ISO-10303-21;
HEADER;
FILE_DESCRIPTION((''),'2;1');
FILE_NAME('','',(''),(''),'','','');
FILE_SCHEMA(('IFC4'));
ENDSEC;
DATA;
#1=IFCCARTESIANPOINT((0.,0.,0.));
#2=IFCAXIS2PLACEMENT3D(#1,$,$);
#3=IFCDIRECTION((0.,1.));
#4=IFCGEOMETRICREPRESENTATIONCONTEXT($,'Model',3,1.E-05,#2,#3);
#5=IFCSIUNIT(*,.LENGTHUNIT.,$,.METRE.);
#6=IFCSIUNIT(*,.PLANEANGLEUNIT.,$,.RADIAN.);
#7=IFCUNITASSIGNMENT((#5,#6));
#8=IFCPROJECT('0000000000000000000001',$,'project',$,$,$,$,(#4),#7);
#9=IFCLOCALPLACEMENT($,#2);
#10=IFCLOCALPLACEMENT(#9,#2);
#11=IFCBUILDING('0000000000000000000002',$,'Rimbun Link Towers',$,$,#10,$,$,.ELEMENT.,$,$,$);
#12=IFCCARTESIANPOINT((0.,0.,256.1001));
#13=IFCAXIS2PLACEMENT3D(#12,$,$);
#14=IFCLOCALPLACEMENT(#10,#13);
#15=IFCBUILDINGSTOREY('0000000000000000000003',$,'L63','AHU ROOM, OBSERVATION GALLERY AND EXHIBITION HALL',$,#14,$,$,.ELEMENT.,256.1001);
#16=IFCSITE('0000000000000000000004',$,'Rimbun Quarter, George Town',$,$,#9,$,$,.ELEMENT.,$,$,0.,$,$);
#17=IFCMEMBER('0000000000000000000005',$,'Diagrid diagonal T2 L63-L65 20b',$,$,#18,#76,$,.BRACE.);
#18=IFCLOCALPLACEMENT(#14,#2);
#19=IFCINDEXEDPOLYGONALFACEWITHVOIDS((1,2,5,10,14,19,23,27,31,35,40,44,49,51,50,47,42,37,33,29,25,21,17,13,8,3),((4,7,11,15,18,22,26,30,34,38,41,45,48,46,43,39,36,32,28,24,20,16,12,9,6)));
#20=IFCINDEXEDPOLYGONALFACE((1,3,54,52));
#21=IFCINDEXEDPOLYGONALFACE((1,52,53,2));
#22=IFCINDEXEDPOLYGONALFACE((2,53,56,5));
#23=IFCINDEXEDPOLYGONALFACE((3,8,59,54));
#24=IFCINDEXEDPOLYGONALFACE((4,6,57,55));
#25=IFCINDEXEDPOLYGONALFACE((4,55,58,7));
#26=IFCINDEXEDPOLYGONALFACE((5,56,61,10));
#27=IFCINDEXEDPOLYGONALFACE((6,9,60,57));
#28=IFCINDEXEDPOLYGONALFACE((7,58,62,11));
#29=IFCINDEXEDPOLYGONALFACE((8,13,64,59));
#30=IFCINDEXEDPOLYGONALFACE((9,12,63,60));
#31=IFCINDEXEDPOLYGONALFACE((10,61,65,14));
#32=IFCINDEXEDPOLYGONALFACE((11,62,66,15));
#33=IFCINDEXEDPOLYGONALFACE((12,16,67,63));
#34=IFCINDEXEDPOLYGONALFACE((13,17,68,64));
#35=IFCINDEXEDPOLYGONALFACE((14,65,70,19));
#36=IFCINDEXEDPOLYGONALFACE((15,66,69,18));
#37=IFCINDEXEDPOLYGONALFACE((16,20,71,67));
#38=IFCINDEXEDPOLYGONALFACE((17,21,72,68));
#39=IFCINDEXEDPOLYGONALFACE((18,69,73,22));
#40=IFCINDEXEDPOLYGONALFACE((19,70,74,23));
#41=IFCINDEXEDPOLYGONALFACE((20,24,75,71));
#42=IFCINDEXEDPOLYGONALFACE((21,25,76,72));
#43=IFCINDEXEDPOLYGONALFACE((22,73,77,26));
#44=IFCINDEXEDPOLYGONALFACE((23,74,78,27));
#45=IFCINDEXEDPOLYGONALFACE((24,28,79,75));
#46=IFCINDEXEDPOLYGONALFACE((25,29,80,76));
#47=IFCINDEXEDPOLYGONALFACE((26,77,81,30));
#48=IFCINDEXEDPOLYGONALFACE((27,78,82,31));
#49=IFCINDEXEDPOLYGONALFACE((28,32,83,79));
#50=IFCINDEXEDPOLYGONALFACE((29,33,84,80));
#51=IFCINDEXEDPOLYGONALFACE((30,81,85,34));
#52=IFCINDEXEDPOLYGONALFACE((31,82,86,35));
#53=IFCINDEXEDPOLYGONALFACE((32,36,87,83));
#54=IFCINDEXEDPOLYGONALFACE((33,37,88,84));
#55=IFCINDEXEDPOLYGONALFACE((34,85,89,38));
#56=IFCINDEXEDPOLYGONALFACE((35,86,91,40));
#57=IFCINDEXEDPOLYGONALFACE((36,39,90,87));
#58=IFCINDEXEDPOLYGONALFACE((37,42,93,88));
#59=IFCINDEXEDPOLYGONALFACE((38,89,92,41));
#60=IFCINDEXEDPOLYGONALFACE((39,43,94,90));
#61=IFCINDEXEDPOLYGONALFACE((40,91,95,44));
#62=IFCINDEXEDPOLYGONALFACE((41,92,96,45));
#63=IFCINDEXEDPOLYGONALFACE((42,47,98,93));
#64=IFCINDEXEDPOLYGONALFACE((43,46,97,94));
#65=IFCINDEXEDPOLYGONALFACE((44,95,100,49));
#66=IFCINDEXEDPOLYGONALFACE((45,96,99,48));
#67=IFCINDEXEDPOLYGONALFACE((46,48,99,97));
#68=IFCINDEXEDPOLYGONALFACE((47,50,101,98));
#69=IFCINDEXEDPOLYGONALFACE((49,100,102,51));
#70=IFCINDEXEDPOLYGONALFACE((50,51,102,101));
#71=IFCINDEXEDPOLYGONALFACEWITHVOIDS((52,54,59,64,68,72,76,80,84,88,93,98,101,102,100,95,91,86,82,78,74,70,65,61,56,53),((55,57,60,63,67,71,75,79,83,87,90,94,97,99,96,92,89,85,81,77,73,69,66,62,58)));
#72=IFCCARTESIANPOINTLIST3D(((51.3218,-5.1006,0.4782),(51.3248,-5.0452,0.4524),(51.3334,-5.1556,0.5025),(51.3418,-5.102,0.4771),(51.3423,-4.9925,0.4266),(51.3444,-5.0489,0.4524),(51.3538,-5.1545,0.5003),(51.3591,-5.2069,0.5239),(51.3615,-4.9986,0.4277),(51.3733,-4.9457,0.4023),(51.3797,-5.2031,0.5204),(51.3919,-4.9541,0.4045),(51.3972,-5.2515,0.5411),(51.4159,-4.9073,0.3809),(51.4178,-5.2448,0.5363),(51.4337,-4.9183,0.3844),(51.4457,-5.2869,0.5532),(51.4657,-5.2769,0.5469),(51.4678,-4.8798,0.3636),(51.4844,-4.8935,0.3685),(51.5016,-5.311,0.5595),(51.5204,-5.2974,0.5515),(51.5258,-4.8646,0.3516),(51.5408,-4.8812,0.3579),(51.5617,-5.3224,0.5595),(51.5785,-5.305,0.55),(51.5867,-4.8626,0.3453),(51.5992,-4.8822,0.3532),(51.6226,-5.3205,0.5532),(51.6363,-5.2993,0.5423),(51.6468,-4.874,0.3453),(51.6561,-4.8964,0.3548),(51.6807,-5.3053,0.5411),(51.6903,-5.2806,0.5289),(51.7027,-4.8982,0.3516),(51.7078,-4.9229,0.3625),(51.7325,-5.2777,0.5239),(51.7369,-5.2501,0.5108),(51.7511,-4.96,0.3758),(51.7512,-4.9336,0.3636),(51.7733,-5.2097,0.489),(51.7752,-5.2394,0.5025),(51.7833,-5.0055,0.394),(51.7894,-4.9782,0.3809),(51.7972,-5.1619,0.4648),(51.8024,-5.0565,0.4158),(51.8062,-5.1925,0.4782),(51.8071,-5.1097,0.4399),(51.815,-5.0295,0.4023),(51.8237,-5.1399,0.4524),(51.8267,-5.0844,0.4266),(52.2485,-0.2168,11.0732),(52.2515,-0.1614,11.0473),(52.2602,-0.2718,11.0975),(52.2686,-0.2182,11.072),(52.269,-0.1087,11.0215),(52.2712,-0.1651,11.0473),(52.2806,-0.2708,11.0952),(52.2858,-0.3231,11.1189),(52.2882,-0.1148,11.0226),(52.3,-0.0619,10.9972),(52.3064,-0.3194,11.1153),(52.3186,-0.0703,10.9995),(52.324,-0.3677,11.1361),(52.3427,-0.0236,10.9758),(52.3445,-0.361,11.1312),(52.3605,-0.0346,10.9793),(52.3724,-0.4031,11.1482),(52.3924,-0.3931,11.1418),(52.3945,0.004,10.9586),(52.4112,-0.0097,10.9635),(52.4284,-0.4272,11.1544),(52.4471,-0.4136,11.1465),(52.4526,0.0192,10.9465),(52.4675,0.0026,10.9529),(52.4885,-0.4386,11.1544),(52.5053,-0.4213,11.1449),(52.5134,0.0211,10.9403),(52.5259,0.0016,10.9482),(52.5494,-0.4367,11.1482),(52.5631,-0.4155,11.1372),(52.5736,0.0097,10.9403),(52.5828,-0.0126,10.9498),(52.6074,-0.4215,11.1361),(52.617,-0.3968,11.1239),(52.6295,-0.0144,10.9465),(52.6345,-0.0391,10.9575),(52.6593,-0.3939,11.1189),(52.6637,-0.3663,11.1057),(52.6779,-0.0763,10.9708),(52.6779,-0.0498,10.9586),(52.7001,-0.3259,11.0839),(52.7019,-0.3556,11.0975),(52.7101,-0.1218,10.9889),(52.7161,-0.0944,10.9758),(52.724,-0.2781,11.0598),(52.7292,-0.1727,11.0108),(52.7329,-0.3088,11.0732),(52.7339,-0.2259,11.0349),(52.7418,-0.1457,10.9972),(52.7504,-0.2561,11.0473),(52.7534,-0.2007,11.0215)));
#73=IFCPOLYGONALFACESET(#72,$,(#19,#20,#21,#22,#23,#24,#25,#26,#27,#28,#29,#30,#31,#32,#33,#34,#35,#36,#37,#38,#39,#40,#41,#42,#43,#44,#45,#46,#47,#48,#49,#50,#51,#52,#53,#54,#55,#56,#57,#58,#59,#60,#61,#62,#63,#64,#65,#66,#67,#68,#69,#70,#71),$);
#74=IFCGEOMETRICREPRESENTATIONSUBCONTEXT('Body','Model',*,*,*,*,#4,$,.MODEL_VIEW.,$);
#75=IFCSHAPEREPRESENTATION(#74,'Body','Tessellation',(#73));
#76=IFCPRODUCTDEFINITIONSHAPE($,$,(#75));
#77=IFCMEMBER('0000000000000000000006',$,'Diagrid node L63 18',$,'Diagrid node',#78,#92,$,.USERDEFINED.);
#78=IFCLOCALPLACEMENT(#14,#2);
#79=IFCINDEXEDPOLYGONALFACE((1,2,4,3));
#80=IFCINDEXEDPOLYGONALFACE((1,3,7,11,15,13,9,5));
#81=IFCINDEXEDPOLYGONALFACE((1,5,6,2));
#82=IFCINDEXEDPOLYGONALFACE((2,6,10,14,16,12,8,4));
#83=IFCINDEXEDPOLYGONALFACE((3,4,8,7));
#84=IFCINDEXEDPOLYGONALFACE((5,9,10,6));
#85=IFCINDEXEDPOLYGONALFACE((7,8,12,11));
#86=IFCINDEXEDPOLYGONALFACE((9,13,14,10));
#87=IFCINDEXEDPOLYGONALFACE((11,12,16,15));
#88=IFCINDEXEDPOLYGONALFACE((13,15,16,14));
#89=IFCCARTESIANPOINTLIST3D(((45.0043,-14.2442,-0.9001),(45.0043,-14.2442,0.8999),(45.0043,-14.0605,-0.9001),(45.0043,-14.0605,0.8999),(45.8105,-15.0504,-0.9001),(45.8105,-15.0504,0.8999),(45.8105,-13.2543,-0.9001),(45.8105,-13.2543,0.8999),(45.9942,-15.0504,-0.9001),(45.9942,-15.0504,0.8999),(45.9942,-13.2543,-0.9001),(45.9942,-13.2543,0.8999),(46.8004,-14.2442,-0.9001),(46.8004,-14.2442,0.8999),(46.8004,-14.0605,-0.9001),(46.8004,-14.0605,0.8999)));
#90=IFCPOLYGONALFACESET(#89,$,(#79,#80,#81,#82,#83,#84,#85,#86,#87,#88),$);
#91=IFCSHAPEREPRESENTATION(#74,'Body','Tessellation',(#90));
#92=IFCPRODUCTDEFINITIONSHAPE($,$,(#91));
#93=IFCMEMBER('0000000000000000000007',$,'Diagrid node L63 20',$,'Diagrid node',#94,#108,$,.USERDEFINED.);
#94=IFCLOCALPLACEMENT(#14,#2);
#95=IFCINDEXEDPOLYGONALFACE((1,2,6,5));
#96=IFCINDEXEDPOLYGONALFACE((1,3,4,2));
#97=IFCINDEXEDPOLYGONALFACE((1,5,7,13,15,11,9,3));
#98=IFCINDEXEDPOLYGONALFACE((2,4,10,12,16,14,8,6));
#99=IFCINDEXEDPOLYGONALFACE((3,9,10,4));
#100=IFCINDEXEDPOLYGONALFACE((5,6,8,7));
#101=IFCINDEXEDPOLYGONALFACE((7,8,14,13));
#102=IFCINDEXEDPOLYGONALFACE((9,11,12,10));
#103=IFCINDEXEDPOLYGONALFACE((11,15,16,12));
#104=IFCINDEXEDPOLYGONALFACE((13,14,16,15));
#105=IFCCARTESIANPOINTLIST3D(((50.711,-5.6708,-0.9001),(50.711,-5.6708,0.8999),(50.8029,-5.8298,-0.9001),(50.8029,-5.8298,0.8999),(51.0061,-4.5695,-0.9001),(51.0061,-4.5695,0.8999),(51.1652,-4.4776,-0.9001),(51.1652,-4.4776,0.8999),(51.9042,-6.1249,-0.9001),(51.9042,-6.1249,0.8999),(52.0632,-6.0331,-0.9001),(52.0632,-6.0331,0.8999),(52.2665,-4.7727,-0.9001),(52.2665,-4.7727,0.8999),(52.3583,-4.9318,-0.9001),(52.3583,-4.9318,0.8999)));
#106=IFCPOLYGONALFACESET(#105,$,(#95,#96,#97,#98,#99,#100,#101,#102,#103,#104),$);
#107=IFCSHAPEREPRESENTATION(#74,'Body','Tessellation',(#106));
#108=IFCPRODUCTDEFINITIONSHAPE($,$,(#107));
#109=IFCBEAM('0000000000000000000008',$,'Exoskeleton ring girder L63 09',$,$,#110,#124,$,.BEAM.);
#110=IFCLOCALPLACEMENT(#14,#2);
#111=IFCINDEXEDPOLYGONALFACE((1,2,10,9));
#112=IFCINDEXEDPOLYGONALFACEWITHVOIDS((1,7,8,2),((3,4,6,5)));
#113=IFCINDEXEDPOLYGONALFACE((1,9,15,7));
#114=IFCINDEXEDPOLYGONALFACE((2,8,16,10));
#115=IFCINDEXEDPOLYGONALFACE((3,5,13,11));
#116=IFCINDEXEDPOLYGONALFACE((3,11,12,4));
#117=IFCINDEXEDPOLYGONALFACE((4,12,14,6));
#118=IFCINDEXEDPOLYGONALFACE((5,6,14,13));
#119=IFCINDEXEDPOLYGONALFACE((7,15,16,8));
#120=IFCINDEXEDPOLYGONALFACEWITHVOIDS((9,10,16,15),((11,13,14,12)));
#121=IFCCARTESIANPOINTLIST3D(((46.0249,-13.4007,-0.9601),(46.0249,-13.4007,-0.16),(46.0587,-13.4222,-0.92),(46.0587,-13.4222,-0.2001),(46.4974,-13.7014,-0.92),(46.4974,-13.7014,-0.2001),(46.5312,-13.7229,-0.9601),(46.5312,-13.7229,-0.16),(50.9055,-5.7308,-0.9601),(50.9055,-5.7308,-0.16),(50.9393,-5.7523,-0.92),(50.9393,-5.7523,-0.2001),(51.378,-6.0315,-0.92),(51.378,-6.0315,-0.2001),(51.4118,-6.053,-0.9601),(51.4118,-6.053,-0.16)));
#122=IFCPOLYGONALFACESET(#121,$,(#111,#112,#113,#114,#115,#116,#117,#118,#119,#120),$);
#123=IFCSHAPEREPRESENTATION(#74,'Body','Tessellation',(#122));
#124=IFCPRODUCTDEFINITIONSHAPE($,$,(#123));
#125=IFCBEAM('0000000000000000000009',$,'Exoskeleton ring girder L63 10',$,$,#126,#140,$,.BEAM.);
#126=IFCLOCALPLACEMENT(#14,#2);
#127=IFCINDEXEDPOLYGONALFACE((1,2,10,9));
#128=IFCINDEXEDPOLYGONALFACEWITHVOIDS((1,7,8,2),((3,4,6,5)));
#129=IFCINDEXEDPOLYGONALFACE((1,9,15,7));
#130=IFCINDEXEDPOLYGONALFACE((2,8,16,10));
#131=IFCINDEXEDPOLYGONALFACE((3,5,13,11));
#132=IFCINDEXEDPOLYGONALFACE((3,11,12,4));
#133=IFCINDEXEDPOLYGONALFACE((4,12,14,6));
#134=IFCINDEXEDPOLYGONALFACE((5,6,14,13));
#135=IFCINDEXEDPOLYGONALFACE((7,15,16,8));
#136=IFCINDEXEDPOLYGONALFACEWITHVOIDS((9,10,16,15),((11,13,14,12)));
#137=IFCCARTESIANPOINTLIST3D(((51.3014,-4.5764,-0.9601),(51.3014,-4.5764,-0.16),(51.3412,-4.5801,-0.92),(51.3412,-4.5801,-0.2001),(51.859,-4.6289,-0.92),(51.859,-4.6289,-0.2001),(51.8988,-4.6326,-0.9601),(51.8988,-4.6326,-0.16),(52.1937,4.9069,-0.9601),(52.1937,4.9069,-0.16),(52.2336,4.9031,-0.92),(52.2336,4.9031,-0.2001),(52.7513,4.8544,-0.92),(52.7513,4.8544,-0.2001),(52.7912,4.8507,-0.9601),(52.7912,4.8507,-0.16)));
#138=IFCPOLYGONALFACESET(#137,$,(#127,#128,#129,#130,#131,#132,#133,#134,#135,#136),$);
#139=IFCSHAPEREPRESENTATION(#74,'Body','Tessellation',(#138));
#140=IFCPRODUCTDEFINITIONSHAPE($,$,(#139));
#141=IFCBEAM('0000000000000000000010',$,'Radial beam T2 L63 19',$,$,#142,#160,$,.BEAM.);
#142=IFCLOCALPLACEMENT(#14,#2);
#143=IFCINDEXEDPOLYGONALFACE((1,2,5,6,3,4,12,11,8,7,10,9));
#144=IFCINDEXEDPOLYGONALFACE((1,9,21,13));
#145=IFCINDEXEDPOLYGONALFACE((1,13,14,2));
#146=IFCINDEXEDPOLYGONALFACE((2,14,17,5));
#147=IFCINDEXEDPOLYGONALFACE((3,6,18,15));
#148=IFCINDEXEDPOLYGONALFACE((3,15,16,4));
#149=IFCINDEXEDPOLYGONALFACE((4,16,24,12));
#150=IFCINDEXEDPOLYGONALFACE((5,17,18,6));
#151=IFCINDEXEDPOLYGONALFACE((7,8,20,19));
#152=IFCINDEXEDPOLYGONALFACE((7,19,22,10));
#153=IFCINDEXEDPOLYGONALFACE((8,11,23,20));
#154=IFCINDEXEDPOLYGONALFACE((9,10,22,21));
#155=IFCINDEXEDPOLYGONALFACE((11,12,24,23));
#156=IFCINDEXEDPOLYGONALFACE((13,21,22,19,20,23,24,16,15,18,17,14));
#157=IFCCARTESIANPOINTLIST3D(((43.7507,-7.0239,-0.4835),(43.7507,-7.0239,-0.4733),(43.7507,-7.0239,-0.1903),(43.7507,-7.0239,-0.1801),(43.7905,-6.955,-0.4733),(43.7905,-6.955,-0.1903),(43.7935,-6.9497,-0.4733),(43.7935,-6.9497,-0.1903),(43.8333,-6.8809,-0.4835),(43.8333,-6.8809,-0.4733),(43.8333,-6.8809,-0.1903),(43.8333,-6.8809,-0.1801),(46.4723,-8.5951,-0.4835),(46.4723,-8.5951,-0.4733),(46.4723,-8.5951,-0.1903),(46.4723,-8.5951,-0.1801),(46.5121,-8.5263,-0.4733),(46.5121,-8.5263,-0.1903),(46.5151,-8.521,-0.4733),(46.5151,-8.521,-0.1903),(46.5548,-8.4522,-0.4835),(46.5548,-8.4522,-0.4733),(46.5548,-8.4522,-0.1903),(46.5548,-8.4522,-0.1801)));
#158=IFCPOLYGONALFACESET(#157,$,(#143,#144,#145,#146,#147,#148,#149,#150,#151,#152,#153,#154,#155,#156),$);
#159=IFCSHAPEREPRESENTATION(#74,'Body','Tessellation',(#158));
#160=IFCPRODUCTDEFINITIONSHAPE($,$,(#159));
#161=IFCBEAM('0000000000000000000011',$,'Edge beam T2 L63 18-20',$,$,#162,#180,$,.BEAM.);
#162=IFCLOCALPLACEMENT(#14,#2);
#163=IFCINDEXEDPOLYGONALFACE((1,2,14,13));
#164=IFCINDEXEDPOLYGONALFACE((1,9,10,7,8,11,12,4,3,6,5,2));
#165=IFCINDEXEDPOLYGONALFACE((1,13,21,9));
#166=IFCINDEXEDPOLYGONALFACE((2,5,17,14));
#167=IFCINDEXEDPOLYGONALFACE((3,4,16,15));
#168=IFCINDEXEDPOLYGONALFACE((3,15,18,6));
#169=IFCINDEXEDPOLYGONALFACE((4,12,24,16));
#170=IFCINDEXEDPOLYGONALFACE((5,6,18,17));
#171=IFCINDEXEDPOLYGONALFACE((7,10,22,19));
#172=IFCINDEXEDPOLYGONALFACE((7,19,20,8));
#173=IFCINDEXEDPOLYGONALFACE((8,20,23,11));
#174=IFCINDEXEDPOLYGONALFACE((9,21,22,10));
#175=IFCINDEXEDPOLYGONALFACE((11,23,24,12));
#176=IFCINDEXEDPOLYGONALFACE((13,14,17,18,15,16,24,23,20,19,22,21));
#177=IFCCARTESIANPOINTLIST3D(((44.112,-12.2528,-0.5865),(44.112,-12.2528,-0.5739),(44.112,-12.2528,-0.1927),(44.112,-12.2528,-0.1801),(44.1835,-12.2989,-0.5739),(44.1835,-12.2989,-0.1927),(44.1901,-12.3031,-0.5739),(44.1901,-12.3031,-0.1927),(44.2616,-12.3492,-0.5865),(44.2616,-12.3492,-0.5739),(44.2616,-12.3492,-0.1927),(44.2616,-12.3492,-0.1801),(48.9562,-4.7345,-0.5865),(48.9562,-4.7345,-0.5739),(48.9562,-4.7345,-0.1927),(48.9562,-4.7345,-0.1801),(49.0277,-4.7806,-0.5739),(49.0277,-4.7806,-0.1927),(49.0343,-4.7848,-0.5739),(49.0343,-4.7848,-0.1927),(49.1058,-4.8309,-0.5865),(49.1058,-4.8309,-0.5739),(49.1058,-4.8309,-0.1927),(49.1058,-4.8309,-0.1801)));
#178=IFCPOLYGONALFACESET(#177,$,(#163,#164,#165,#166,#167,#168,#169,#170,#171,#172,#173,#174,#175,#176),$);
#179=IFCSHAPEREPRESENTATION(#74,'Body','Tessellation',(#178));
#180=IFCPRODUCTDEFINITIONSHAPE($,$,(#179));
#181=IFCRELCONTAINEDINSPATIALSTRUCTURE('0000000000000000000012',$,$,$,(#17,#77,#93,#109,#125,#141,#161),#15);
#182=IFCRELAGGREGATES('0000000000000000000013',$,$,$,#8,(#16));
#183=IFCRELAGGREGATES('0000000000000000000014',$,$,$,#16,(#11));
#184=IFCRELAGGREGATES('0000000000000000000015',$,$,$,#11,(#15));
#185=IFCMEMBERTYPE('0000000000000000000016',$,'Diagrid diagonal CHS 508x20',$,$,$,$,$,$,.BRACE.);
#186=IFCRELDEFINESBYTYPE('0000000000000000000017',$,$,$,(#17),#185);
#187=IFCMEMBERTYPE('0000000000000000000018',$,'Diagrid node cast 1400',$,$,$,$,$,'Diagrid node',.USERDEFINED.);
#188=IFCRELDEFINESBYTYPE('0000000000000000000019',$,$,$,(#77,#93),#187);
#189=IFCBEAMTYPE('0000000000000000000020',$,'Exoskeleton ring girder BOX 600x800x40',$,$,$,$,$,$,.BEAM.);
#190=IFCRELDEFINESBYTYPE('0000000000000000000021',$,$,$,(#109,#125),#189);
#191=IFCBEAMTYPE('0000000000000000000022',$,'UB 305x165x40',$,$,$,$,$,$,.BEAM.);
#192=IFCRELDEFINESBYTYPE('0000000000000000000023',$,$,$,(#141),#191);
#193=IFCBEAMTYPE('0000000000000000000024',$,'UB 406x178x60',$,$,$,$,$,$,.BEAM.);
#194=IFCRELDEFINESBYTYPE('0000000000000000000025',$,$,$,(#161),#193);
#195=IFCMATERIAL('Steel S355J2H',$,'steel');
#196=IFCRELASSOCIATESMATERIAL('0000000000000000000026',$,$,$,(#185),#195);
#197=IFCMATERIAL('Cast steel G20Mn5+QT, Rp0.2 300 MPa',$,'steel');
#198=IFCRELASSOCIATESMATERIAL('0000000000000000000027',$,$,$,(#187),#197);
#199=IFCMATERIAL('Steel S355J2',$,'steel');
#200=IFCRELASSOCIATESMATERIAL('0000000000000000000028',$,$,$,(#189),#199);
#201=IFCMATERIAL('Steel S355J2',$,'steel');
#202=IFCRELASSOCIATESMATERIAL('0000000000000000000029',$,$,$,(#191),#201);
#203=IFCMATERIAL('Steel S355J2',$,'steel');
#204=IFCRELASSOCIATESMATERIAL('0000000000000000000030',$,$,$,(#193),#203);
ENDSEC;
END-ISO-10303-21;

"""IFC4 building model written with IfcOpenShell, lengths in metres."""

from ifc_helpers import new_model, si_unit, direction, frame, origin, origin_2d, place, context, subcontext, project, spatial, polyline, hollow_rectangle, hollow_circle, i_section, outline, extrude, material, material_profile, profile_set, type_object, element, save


model = new_model("IFC4")

# Units and contexts
model_context = context("Model", 3, precision=1e-05, world=origin(), true_north=direction((0.0, 1.0)))
body_context = subcontext(model_context, "Body", "Model", "MODEL_VIEW")
ifc_project = project(units=[si_unit("LENGTHUNIT", "METRE"), si_unit("PLANEANGLEUNIT", "RADIAN")], contexts=[model_context])

# Site, building, storey
site_placement = place(None, origin())
site = spatial("IfcSite", under=ifc_project, at=site_placement, Name="Rimbun Quarter, George Town", CompositionType="ELEMENT", RefElevation=0.0)
building_placement = place(site_placement, origin())
building = spatial("IfcBuilding", under=site, at=building_placement, Name="Rimbun Link Towers", CompositionType="ELEMENT")
storey_placement = place(building_placement, frame((0.0, 0.0, 256.1001)))
storey = spatial("IfcBuildingStorey", under=building, at=storey_placement, Name="L63", Description="AHU ROOM, OBSERVATION GALLERY AND EXHIBITION HALL", CompositionType="ELEMENT", Elevation=256.1001)

# Members
ifc_material_1 = material(Name="Steel S355J2H", Category="steel")
ifc_material_profile_1 = material_profile(ifc_material_1, hollow_circle(Radius=0.2539, WallThickness=0.02, at=origin_2d()), Name="Diagrid diagonal CHS 508x20")
ifc_profile_set_1 = profile_set([ifc_material_profile_1], Name="Steel S355J2H")
member_type_1 = type_object("IfcMemberType", Name="Diagrid diagonal CHS 508x20", PredefinedType="BRACE", material=ifc_profile_set_1)
member_1_placement = place(storey_placement, frame((51.5742, -5.0925, 0.4524), z_axis=(0.079189, 0.417306, 0.905309), x_axis=(-0.982467, 0.186435, 0.0)))
element("IfcMember", 1, at=member_1_placement, inside=storey, type_object=member_type_1, Name="Diagrid diagonal T2 L63-L65 20b", PredefinedType="BRACE", context=body_context, shape_type="SweptSolid", body=[
    extrude(hollow_circle(Radius=0.2539, WallThickness=0.02, at=origin_2d()), origin(), (0.0, 0.0, 1.0), 11.7031),
])
ifc_material_2 = material(Name="Cast steel G20Mn5+QT, Rp0.2 300 MPa", Category="steel")
ifc_material_profile_2 = material_profile(ifc_material_2, outline(polyline([(0.7, -0.5701), (0.7, 0.5701), (0.5701, 0.7), (-0.5701, 0.7), (-0.7, 0.5701), (-0.7, -0.5701), (-0.5701, -0.7), (0.5701, -0.7), (0.7, -0.5701)])), Name="NODE 1400x1400")
ifc_profile_set_2 = profile_set([ifc_material_profile_2], Name="Cast steel G20Mn5+QT, Rp0.2 300 MPa")
member_type_2 = type_object("IfcMemberType", Name="Diagrid node cast 1400", ElementType="Diagrid node", PredefinedType="USERDEFINED", material=ifc_profile_set_2)
for number, where, z_axis, x_axis, name in (
    (2, (45.9023, -14.1523, -0.9001), (0.0, 0.0, 1.0), (0.707107, -0.707107, 0.0), "Diagrid node L63 18"),
    (3, (51.5347, -5.3013, -0.9001), (0.0, 0.0, 1.0), (0.965926, -0.258819, 0.0), "Diagrid node L63 20"),
):
    element("IfcMember", number, at=place(storey_placement, frame(where, z_axis=z_axis, x_axis=x_axis)), inside=storey, type_object=member_type_2, Name=name, ObjectType="Diagrid node", PredefinedType="USERDEFINED", context=body_context, shape_type="SweptSolid", body=[
        extrude(outline(polyline([(0.7, -0.5701), (0.7, 0.5701), (0.5701, 0.7), (-0.5701, 0.7), (-0.7, 0.5701), (-0.7, -0.5701), (-0.5701, -0.7), (0.5701, -0.7), (0.7, -0.5701)])), origin(), (0.0, 0.0, 1.0), 1.8),
    ])

# Beams
ifc_material_3 = material(Name="Steel S355J2", Category="steel")
ifc_material_profile_3 = material_profile(ifc_material_3, hollow_rectangle(XDim=0.6001, YDim=0.8, WallThickness=0.04, at=origin_2d()), Name="Exoskeleton ring girder BOX 600x800x40")
ifc_profile_set_3 = profile_set([ifc_material_profile_3], Name="Steel S355J2")
beam_type_1 = type_object("IfcBeamType", Name="Exoskeleton ring girder BOX 600x800x40", PredefinedType="BEAM", material=ifc_profile_set_3)
beam_1_placement = place(storey_placement, frame((46.2781, -13.5618, -0.5601), z_axis=(0.536856, 0.843674, 0.0), x_axis=(-0.843674, 0.536856, 0.0)))
element("IfcBeam", 4, at=beam_1_placement, inside=storey, type_object=beam_type_1, Name="Exoskeleton ring girder L63 09", PredefinedType="BEAM", context=body_context, shape_type="SweptSolid", body=[
    extrude(hollow_rectangle(XDim=0.6001, YDim=0.8, WallThickness=0.04, at=origin_2d()), origin(), (0.0, 0.0, 1.0), 9.0911),
])
beam_2_placement = place(storey_placement, frame((51.6001, -4.6045, -0.5601), z_axis=(0.093683, 0.995602, 0.0), x_axis=(-0.995602, 0.093683, 0.0)))
element("IfcBeam", 5, at=beam_2_placement, inside=storey, type_object=beam_type_1, Name="Exoskeleton ring girder L63 10", PredefinedType="BEAM", context=body_context, shape_type="SweptSolid", body=[
    extrude(hollow_rectangle(XDim=0.6001, YDim=0.8, WallThickness=0.04, at=origin_2d()), origin(), (0.0, 0.0, 1.0), 9.5251),
])
ifc_material_4 = material(Name="Steel S355J2", Category="steel")
ifc_material_profile_4 = material_profile(ifc_material_4, i_section(OverallWidth=0.165, OverallDepth=0.3035, WebThickness=0.0061, FlangeThickness=0.0103, at=origin_2d()), Name="UB 305x165x40")
ifc_profile_set_4 = profile_set([ifc_material_profile_4], Name="Steel S355J2")
beam_type_2 = type_object("IfcBeamType", Name="UB 305x165x40", PredefinedType="BEAM", material=ifc_profile_set_4)
beam_3_placement = place(storey_placement, frame((43.792, -6.9524, -0.3318), z_axis=(0.866036, -0.499982, 0.0), x_axis=(0.499982, 0.866036, 0.0)))
element("IfcBeam", 6, at=beam_3_placement, inside=storey, type_object=beam_type_2, Name="Radial beam T2 L63 19", PredefinedType="BEAM", context=body_context, shape_type="SweptSolid", body=[
    extrude(i_section(OverallWidth=0.165, OverallDepth=0.3035, WebThickness=0.0061, FlangeThickness=0.0103, at=origin_2d()), origin(), (0.0, 0.0, 1.0), 3.1426),
])
ifc_material_5 = material(Name="Steel S355J2", Category="steel")
ifc_material_profile_5 = material_profile(ifc_material_5, i_section(OverallWidth=0.178, OverallDepth=0.4065, WebThickness=0.0078, FlangeThickness=0.0127, at=origin_2d()), Name="UB 406x178x60")
ifc_profile_set_5 = profile_set([ifc_material_profile_5], Name="Steel S355J2")
beam_type_3 = type_object("IfcBeamType", Name="UB 406x178x60", PredefinedType="BEAM", material=ifc_profile_set_5)
beam_4_placement = place(storey_placement, frame((44.1868, -12.301, -0.3833), z_axis=(0.541631, 0.840617, 0.0), x_axis=(-0.840617, 0.541631, 0.0)))
element("IfcBeam", 7, at=beam_4_placement, inside=storey, type_object=beam_type_3, Name="Edge beam T2 L63 18-20", PredefinedType="BEAM", context=body_context, shape_type="SweptSolid", body=[
    extrude(i_section(OverallWidth=0.178, OverallDepth=0.4065, WebThickness=0.0078, FlangeThickness=0.0127, at=origin_2d()), origin(), (0.0, 0.0, 1.0), 8.9438),
])

save(model, "model.ifc")
